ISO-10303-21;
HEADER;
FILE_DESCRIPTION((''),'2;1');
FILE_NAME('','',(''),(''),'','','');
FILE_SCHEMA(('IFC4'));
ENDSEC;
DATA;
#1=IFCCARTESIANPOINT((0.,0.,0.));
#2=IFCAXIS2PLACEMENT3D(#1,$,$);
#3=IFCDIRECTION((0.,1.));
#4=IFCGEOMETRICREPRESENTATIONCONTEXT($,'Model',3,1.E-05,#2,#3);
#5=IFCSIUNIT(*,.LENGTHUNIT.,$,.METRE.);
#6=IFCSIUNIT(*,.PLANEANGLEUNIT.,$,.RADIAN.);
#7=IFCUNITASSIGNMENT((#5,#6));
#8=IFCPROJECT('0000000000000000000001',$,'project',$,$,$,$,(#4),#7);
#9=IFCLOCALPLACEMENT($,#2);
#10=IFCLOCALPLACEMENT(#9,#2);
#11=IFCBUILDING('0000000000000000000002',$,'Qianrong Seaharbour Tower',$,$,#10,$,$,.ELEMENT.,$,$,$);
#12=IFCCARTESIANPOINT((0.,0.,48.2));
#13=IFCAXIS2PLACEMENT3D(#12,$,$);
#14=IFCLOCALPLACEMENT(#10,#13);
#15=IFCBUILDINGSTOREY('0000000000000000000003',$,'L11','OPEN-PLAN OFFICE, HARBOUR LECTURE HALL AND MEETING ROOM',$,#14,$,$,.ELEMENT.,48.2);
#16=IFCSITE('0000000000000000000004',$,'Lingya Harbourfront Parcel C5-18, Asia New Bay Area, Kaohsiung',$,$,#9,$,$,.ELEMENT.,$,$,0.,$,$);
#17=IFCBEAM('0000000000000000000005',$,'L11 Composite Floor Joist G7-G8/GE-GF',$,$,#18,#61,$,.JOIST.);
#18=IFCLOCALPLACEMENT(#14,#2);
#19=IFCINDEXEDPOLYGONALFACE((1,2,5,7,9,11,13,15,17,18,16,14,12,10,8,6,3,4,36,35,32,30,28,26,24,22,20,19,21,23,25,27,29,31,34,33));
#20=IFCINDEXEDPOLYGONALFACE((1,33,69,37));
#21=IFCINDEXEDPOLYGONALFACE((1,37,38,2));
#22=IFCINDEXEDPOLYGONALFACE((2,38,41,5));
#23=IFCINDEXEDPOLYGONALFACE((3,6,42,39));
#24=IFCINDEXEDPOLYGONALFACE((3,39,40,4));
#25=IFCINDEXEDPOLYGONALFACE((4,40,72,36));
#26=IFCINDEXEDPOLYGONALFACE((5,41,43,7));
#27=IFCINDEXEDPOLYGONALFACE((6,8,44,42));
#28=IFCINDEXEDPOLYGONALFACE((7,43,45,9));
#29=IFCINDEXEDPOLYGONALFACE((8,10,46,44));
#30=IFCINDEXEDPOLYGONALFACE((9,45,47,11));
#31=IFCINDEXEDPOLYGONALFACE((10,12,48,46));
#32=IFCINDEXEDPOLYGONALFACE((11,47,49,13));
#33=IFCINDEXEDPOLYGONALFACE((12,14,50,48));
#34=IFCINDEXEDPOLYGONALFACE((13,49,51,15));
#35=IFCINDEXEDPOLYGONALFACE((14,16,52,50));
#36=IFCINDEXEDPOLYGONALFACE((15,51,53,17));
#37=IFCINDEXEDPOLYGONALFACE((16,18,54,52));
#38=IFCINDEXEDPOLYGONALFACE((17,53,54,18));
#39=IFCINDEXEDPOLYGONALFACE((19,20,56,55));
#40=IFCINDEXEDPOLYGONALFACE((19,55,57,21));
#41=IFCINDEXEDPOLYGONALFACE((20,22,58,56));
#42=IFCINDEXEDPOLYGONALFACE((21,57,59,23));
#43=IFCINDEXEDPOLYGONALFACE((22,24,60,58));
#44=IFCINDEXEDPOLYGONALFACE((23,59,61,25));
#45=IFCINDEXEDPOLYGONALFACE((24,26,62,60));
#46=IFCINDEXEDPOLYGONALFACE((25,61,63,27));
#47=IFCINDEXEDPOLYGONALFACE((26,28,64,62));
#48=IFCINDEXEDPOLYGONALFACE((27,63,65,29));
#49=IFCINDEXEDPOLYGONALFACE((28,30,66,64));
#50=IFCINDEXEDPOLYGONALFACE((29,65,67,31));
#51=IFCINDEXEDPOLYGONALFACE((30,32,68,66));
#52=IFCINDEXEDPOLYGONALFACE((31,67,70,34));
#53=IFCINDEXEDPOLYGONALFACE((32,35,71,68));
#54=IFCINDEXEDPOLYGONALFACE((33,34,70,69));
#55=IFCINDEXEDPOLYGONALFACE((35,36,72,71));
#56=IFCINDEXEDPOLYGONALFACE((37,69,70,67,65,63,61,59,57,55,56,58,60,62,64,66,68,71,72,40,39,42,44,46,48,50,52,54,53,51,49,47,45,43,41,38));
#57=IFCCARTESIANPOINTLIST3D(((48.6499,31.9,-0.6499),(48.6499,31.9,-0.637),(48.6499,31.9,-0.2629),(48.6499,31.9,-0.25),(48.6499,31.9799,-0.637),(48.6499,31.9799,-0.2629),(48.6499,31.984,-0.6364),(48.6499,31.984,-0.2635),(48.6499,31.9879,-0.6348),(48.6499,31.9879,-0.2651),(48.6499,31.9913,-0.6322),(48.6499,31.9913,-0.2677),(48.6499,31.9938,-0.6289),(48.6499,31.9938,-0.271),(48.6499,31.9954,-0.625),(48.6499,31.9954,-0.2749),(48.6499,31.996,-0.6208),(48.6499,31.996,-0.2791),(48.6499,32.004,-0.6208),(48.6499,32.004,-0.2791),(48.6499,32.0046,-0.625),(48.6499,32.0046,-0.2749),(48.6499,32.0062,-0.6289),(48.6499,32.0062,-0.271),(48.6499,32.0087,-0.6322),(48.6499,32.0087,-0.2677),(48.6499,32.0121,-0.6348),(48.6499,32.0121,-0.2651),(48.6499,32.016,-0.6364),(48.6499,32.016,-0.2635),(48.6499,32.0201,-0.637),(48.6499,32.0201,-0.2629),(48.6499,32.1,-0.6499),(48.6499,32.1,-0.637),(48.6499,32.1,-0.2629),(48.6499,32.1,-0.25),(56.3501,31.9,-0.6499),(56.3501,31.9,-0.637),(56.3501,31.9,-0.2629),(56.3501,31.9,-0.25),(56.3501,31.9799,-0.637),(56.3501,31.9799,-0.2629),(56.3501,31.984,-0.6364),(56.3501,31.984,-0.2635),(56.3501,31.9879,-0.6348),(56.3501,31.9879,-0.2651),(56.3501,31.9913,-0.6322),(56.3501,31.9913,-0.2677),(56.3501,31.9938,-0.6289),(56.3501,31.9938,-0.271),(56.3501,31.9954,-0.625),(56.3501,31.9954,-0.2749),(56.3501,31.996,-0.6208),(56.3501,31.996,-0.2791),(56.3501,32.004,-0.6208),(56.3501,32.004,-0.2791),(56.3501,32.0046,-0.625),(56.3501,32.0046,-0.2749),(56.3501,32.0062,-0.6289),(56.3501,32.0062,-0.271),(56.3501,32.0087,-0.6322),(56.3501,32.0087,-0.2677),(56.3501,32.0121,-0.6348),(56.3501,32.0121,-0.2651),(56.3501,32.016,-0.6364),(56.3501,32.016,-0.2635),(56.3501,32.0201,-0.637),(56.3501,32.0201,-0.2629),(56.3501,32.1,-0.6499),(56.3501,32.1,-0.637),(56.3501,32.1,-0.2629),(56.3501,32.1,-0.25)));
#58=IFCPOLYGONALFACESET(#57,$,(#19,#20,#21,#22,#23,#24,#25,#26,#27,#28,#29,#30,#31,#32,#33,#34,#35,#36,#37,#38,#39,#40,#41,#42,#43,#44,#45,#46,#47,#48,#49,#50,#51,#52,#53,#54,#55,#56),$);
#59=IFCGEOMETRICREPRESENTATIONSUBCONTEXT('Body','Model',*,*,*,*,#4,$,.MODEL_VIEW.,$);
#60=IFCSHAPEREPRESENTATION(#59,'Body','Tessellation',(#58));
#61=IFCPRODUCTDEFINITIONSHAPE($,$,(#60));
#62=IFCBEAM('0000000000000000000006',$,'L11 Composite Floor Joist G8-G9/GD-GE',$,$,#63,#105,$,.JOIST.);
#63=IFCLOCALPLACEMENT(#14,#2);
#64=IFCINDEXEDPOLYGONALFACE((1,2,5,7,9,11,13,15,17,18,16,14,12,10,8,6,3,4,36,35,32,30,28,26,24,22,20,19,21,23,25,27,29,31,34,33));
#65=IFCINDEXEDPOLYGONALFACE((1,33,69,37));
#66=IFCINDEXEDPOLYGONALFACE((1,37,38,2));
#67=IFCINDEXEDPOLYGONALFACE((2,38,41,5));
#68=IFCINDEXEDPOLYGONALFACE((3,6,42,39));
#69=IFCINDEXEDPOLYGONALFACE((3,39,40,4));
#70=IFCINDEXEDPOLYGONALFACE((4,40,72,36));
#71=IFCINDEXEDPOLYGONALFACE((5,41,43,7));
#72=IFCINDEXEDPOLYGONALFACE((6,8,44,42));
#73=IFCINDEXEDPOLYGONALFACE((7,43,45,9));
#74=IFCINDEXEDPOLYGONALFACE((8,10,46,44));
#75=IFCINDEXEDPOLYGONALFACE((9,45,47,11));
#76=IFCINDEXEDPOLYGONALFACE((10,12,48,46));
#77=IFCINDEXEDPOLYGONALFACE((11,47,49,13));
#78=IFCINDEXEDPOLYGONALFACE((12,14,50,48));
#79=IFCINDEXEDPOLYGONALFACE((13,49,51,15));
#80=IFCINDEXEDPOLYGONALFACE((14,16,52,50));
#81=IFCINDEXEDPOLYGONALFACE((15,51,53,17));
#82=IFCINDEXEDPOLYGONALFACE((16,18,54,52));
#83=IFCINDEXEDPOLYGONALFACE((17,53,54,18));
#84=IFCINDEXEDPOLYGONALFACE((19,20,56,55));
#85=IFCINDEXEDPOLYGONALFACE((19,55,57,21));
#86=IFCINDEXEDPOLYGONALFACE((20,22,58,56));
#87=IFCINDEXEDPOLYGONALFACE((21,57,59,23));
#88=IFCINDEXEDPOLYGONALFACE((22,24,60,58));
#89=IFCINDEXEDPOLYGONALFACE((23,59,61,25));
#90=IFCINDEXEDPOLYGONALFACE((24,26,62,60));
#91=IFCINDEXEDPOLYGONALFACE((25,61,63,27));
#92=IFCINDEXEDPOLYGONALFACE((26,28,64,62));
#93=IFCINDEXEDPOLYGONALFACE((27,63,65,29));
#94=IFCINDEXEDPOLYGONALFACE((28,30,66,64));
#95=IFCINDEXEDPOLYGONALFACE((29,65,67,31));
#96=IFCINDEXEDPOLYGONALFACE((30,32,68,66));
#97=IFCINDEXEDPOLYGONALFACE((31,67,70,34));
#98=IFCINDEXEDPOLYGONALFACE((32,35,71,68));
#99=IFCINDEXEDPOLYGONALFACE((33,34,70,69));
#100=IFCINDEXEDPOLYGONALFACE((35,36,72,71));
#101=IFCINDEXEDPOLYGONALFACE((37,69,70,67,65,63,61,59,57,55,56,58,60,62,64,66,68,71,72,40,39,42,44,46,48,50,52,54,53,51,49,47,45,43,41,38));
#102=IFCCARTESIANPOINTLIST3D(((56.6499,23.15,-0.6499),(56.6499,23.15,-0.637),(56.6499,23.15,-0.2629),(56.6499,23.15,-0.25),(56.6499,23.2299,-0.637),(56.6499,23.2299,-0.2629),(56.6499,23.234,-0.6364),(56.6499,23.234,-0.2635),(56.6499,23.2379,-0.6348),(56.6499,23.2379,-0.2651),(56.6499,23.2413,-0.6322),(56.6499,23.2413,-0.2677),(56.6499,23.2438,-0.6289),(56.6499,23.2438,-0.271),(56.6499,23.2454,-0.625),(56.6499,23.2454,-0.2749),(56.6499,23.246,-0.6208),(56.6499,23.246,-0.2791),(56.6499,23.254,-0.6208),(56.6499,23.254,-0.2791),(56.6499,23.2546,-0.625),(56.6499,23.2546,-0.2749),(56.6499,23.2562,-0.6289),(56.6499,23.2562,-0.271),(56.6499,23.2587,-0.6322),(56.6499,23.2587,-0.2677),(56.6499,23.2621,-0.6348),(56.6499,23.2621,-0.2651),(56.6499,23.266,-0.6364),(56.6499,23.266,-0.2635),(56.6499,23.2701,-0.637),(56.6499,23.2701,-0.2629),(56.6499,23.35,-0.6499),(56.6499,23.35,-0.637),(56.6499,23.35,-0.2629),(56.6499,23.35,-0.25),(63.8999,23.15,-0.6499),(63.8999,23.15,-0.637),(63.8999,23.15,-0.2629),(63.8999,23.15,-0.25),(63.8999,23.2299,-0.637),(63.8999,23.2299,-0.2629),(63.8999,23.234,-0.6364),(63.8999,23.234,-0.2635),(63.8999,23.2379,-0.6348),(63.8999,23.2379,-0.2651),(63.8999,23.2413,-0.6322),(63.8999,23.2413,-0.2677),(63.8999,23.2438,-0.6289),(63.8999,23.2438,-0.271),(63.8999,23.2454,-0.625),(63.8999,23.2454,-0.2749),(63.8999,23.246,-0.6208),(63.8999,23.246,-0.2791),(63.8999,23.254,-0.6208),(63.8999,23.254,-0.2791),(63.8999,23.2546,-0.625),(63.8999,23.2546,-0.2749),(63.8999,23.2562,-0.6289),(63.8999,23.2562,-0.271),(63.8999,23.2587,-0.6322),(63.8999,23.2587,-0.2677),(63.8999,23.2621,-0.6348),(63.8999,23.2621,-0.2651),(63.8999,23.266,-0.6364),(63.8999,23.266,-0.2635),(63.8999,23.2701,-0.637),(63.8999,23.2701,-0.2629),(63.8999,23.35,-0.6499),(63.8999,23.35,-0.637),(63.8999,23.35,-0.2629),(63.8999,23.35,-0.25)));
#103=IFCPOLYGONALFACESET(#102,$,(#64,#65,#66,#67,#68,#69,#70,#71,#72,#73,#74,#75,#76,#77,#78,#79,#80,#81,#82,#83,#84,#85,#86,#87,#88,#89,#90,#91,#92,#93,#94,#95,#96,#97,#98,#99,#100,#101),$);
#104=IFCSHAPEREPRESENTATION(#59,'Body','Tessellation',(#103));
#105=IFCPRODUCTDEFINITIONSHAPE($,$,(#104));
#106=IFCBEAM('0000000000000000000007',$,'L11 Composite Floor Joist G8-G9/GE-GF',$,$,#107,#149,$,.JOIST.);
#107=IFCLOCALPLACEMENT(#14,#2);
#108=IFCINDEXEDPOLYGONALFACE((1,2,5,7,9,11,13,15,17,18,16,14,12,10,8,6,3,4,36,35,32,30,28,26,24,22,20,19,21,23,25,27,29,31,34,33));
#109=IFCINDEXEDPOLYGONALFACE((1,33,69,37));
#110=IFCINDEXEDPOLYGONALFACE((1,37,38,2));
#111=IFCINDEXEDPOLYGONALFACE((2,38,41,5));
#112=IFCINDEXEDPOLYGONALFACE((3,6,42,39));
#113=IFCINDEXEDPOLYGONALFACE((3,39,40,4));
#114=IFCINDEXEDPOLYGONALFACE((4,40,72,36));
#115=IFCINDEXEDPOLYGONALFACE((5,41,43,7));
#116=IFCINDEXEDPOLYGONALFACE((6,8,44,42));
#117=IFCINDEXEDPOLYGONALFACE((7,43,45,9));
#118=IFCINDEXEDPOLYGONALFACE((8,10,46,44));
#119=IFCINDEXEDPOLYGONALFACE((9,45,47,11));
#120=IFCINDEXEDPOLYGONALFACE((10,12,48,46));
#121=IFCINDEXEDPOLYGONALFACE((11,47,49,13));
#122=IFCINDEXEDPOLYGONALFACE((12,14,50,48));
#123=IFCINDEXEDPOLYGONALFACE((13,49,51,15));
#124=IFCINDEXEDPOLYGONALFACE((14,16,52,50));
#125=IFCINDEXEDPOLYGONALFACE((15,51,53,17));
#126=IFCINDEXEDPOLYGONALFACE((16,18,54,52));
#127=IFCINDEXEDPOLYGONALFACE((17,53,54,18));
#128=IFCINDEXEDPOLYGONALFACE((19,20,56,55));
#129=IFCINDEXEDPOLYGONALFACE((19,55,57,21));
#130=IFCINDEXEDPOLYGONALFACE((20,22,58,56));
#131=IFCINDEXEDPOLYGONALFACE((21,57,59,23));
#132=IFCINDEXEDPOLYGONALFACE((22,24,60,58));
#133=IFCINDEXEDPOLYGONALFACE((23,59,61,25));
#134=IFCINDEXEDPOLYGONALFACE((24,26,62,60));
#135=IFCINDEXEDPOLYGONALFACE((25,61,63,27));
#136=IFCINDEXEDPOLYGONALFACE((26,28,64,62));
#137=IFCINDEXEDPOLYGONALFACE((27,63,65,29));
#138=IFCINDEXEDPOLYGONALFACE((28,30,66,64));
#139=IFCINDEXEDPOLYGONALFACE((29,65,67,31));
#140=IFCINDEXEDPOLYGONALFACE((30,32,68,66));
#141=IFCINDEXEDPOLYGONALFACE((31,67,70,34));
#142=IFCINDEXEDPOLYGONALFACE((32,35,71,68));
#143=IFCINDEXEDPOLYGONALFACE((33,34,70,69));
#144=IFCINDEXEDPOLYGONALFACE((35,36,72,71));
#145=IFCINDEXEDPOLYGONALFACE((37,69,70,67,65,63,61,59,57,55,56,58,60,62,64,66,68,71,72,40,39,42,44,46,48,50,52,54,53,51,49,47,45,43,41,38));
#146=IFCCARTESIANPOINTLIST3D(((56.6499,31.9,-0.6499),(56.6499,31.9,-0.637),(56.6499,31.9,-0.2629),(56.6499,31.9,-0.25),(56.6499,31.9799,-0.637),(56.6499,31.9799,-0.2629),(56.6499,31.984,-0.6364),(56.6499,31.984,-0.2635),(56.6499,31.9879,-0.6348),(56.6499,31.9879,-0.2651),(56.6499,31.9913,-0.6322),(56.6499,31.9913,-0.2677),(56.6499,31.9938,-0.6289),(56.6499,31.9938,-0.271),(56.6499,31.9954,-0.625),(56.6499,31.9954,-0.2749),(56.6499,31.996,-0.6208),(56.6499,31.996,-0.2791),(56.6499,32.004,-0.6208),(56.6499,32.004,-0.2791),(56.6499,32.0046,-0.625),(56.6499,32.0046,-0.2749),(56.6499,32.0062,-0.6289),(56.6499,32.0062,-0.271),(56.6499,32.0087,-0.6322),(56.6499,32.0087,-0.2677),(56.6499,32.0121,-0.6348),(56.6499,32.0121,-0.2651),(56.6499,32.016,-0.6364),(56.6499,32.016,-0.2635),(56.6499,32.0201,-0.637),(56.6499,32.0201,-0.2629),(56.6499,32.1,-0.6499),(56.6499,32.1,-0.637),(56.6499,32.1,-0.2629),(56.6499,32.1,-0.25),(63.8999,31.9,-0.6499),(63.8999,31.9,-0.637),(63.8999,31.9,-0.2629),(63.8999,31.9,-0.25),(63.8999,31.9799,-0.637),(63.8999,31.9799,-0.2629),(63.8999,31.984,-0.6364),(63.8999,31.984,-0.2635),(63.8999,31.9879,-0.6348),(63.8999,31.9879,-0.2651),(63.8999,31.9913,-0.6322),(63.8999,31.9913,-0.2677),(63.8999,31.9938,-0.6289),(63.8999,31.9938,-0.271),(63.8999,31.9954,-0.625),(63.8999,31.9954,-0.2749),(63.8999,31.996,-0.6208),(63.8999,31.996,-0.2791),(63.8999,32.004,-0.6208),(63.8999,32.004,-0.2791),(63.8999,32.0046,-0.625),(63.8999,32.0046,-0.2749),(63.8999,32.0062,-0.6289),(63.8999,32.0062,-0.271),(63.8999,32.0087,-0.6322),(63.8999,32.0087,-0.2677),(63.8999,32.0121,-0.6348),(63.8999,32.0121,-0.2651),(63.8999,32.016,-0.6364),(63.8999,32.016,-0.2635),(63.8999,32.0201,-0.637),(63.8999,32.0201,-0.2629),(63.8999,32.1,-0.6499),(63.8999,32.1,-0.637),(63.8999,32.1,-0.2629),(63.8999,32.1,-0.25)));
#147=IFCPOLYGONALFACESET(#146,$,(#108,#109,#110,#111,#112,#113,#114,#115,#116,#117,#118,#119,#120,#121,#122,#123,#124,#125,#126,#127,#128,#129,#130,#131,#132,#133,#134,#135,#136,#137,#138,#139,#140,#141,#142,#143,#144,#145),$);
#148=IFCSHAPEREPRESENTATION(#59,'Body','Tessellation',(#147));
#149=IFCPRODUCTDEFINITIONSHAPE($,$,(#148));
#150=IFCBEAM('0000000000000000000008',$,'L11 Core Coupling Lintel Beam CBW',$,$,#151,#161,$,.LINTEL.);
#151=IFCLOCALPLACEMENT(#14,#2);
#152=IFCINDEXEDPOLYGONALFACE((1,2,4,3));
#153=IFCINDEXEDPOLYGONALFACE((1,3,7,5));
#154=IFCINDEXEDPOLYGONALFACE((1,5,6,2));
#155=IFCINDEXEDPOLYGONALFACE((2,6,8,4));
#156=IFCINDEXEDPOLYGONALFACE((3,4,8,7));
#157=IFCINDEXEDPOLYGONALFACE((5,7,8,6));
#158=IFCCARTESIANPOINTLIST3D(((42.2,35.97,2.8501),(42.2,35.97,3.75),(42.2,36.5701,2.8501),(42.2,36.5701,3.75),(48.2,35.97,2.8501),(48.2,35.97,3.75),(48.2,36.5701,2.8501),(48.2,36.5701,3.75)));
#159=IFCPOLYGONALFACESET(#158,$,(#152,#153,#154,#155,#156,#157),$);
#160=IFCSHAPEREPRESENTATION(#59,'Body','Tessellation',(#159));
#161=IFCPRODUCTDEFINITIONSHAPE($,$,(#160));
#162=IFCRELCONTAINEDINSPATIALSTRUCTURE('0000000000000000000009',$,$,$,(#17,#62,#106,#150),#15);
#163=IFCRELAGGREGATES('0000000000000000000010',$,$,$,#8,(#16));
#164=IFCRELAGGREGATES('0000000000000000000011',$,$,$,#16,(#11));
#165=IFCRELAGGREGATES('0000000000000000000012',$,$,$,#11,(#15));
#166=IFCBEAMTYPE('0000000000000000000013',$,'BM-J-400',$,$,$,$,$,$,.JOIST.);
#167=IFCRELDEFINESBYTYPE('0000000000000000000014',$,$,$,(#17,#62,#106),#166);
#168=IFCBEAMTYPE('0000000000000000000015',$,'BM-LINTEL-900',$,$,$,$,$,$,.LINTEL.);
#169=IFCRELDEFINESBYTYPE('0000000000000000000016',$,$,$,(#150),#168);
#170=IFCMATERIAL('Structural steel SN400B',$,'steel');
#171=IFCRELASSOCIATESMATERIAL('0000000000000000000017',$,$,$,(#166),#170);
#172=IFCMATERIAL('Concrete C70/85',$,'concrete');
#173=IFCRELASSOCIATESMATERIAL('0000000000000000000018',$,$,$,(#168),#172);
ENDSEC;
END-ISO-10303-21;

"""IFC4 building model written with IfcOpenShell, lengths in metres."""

from ifc_helpers import new_model, si_unit, direction, frame, origin, origin_2d, place, context, subcontext, project, spatial, rectangle, i_section, extrude, material, material_profile, profile_set, type_object, element, save


model = new_model("IFC4")

# Units and contexts
model_context = context("Model", 3, precision=1e-05, world=origin(), true_north=direction((0.0, 1.0)))
body_context = subcontext(model_context, "Body", "Model", "MODEL_VIEW")
ifc_project = project(units=[si_unit("LENGTHUNIT", "METRE"), si_unit("PLANEANGLEUNIT", "RADIAN")], contexts=[model_context])

# Site, building, storey
site_placement = place(None, origin())
site = spatial("IfcSite", under=ifc_project, at=site_placement, Name="Lingya Harbourfront Parcel C5-18, Asia New Bay Area, Kaohsiung", CompositionType="ELEMENT", RefElevation=0.0)
building_placement = place(site_placement, origin())
building = spatial("IfcBuilding", under=site, at=building_placement, Name="Qianrong Seaharbour Tower", CompositionType="ELEMENT")
storey_placement = place(building_placement, frame((0.0, 0.0, 48.2)))
storey = spatial("IfcBuildingStorey", under=building, at=storey_placement, Name="L11", Description="OPEN-PLAN OFFICE, HARBOUR LECTURE HALL AND MEETING ROOM", CompositionType="ELEMENT", Elevation=48.2)

# Beams
ifc_material_1 = material(Name="Structural steel SN400B", Category="steel")
ifc_material_profile_1 = material_profile(ifc_material_1, i_section(OverallWidth=0.2, OverallDepth=0.3999, WebThickness=0.0081, FlangeThickness=0.0129, FilletRadius=0.0161, at=origin_2d()), Name="H400x200x8x13")
ifc_profile_set_1 = profile_set([ifc_material_profile_1], Name="Structural steel SN400B")
beam_type_1 = type_object("IfcBeamType", Name="BM-J-400", PredefinedType="JOIST", material=ifc_profile_set_1)
for number, where, z_axis, x_axis, name in (
    (1, (48.6499, 32.0, -0.45), (1.0, 0.0, 0.0), (0.0, 1.0, 0.0), "L11 Composite Floor Joist G7-G8/GE-GF"),
):
    element("IfcBeam", number, at=place(storey_placement, frame(where, z_axis=z_axis, x_axis=x_axis)), inside=storey, type_object=beam_type_1, Name=name, PredefinedType="JOIST", context=body_context, shape_type="SweptSolid", body=[
        extrude(i_section(OverallWidth=0.2, OverallDepth=0.3999, WebThickness=0.0081, FlangeThickness=0.0129, FilletRadius=0.0161, at=origin_2d()), origin(), (0.0, 0.0, 1.0), 7.7002),
    ])
for number, where, z_axis, x_axis, name in (
    (2, (56.6499, 23.25, -0.45), (1.0, 0.0, 0.0), (0.0, 1.0, 0.0), "L11 Composite Floor Joist G8-G9/GD-GE"),
    (3, (56.6499, 32.0, -0.45), (1.0, 0.0, 0.0), (0.0, 1.0, 0.0), "L11 Composite Floor Joist G8-G9/GE-GF"),
):
    element("IfcBeam", number, at=place(storey_placement, frame(where, z_axis=z_axis, x_axis=x_axis)), inside=storey, type_object=beam_type_1, Name=name, PredefinedType="JOIST", context=body_context, shape_type="SweptSolid", body=[
        extrude(i_section(OverallWidth=0.2, OverallDepth=0.3999, WebThickness=0.0081, FlangeThickness=0.0129, FilletRadius=0.0161, at=origin_2d()), origin(), (0.0, 0.0, 1.0), 7.25),
    ])
ifc_material_2 = material(Name="Concrete C70/85", Category="concrete")
ifc_material_profile_2 = material_profile(ifc_material_2, rectangle(XDim=0.6001, YDim=0.8999, at=origin_2d()), Name="RC600x900")
ifc_profile_set_2 = profile_set([ifc_material_profile_2], Name="Concrete C70/85")
beam_type_2 = type_object("IfcBeamType", Name="BM-LINTEL-900", PredefinedType="LINTEL", material=ifc_profile_set_2)
beam_1_placement = place(storey_placement, frame((42.2, 36.27, 3.3), z_axis=(1.0, 0.0, 0.0), x_axis=(0.0, 1.0, 0.0)))
element("IfcBeam", 4, at=beam_1_placement, inside=storey, type_object=beam_type_2, Name="L11 Core Coupling Lintel Beam CBW", PredefinedType="LINTEL", context=body_context, shape_type="SweptSolid", body=[
    extrude(rectangle(XDim=0.6001, YDim=0.8999, at=origin_2d()), origin(), (0.0, 0.0, 1.0), 6.0),
])

save(model, "model.ifc")
